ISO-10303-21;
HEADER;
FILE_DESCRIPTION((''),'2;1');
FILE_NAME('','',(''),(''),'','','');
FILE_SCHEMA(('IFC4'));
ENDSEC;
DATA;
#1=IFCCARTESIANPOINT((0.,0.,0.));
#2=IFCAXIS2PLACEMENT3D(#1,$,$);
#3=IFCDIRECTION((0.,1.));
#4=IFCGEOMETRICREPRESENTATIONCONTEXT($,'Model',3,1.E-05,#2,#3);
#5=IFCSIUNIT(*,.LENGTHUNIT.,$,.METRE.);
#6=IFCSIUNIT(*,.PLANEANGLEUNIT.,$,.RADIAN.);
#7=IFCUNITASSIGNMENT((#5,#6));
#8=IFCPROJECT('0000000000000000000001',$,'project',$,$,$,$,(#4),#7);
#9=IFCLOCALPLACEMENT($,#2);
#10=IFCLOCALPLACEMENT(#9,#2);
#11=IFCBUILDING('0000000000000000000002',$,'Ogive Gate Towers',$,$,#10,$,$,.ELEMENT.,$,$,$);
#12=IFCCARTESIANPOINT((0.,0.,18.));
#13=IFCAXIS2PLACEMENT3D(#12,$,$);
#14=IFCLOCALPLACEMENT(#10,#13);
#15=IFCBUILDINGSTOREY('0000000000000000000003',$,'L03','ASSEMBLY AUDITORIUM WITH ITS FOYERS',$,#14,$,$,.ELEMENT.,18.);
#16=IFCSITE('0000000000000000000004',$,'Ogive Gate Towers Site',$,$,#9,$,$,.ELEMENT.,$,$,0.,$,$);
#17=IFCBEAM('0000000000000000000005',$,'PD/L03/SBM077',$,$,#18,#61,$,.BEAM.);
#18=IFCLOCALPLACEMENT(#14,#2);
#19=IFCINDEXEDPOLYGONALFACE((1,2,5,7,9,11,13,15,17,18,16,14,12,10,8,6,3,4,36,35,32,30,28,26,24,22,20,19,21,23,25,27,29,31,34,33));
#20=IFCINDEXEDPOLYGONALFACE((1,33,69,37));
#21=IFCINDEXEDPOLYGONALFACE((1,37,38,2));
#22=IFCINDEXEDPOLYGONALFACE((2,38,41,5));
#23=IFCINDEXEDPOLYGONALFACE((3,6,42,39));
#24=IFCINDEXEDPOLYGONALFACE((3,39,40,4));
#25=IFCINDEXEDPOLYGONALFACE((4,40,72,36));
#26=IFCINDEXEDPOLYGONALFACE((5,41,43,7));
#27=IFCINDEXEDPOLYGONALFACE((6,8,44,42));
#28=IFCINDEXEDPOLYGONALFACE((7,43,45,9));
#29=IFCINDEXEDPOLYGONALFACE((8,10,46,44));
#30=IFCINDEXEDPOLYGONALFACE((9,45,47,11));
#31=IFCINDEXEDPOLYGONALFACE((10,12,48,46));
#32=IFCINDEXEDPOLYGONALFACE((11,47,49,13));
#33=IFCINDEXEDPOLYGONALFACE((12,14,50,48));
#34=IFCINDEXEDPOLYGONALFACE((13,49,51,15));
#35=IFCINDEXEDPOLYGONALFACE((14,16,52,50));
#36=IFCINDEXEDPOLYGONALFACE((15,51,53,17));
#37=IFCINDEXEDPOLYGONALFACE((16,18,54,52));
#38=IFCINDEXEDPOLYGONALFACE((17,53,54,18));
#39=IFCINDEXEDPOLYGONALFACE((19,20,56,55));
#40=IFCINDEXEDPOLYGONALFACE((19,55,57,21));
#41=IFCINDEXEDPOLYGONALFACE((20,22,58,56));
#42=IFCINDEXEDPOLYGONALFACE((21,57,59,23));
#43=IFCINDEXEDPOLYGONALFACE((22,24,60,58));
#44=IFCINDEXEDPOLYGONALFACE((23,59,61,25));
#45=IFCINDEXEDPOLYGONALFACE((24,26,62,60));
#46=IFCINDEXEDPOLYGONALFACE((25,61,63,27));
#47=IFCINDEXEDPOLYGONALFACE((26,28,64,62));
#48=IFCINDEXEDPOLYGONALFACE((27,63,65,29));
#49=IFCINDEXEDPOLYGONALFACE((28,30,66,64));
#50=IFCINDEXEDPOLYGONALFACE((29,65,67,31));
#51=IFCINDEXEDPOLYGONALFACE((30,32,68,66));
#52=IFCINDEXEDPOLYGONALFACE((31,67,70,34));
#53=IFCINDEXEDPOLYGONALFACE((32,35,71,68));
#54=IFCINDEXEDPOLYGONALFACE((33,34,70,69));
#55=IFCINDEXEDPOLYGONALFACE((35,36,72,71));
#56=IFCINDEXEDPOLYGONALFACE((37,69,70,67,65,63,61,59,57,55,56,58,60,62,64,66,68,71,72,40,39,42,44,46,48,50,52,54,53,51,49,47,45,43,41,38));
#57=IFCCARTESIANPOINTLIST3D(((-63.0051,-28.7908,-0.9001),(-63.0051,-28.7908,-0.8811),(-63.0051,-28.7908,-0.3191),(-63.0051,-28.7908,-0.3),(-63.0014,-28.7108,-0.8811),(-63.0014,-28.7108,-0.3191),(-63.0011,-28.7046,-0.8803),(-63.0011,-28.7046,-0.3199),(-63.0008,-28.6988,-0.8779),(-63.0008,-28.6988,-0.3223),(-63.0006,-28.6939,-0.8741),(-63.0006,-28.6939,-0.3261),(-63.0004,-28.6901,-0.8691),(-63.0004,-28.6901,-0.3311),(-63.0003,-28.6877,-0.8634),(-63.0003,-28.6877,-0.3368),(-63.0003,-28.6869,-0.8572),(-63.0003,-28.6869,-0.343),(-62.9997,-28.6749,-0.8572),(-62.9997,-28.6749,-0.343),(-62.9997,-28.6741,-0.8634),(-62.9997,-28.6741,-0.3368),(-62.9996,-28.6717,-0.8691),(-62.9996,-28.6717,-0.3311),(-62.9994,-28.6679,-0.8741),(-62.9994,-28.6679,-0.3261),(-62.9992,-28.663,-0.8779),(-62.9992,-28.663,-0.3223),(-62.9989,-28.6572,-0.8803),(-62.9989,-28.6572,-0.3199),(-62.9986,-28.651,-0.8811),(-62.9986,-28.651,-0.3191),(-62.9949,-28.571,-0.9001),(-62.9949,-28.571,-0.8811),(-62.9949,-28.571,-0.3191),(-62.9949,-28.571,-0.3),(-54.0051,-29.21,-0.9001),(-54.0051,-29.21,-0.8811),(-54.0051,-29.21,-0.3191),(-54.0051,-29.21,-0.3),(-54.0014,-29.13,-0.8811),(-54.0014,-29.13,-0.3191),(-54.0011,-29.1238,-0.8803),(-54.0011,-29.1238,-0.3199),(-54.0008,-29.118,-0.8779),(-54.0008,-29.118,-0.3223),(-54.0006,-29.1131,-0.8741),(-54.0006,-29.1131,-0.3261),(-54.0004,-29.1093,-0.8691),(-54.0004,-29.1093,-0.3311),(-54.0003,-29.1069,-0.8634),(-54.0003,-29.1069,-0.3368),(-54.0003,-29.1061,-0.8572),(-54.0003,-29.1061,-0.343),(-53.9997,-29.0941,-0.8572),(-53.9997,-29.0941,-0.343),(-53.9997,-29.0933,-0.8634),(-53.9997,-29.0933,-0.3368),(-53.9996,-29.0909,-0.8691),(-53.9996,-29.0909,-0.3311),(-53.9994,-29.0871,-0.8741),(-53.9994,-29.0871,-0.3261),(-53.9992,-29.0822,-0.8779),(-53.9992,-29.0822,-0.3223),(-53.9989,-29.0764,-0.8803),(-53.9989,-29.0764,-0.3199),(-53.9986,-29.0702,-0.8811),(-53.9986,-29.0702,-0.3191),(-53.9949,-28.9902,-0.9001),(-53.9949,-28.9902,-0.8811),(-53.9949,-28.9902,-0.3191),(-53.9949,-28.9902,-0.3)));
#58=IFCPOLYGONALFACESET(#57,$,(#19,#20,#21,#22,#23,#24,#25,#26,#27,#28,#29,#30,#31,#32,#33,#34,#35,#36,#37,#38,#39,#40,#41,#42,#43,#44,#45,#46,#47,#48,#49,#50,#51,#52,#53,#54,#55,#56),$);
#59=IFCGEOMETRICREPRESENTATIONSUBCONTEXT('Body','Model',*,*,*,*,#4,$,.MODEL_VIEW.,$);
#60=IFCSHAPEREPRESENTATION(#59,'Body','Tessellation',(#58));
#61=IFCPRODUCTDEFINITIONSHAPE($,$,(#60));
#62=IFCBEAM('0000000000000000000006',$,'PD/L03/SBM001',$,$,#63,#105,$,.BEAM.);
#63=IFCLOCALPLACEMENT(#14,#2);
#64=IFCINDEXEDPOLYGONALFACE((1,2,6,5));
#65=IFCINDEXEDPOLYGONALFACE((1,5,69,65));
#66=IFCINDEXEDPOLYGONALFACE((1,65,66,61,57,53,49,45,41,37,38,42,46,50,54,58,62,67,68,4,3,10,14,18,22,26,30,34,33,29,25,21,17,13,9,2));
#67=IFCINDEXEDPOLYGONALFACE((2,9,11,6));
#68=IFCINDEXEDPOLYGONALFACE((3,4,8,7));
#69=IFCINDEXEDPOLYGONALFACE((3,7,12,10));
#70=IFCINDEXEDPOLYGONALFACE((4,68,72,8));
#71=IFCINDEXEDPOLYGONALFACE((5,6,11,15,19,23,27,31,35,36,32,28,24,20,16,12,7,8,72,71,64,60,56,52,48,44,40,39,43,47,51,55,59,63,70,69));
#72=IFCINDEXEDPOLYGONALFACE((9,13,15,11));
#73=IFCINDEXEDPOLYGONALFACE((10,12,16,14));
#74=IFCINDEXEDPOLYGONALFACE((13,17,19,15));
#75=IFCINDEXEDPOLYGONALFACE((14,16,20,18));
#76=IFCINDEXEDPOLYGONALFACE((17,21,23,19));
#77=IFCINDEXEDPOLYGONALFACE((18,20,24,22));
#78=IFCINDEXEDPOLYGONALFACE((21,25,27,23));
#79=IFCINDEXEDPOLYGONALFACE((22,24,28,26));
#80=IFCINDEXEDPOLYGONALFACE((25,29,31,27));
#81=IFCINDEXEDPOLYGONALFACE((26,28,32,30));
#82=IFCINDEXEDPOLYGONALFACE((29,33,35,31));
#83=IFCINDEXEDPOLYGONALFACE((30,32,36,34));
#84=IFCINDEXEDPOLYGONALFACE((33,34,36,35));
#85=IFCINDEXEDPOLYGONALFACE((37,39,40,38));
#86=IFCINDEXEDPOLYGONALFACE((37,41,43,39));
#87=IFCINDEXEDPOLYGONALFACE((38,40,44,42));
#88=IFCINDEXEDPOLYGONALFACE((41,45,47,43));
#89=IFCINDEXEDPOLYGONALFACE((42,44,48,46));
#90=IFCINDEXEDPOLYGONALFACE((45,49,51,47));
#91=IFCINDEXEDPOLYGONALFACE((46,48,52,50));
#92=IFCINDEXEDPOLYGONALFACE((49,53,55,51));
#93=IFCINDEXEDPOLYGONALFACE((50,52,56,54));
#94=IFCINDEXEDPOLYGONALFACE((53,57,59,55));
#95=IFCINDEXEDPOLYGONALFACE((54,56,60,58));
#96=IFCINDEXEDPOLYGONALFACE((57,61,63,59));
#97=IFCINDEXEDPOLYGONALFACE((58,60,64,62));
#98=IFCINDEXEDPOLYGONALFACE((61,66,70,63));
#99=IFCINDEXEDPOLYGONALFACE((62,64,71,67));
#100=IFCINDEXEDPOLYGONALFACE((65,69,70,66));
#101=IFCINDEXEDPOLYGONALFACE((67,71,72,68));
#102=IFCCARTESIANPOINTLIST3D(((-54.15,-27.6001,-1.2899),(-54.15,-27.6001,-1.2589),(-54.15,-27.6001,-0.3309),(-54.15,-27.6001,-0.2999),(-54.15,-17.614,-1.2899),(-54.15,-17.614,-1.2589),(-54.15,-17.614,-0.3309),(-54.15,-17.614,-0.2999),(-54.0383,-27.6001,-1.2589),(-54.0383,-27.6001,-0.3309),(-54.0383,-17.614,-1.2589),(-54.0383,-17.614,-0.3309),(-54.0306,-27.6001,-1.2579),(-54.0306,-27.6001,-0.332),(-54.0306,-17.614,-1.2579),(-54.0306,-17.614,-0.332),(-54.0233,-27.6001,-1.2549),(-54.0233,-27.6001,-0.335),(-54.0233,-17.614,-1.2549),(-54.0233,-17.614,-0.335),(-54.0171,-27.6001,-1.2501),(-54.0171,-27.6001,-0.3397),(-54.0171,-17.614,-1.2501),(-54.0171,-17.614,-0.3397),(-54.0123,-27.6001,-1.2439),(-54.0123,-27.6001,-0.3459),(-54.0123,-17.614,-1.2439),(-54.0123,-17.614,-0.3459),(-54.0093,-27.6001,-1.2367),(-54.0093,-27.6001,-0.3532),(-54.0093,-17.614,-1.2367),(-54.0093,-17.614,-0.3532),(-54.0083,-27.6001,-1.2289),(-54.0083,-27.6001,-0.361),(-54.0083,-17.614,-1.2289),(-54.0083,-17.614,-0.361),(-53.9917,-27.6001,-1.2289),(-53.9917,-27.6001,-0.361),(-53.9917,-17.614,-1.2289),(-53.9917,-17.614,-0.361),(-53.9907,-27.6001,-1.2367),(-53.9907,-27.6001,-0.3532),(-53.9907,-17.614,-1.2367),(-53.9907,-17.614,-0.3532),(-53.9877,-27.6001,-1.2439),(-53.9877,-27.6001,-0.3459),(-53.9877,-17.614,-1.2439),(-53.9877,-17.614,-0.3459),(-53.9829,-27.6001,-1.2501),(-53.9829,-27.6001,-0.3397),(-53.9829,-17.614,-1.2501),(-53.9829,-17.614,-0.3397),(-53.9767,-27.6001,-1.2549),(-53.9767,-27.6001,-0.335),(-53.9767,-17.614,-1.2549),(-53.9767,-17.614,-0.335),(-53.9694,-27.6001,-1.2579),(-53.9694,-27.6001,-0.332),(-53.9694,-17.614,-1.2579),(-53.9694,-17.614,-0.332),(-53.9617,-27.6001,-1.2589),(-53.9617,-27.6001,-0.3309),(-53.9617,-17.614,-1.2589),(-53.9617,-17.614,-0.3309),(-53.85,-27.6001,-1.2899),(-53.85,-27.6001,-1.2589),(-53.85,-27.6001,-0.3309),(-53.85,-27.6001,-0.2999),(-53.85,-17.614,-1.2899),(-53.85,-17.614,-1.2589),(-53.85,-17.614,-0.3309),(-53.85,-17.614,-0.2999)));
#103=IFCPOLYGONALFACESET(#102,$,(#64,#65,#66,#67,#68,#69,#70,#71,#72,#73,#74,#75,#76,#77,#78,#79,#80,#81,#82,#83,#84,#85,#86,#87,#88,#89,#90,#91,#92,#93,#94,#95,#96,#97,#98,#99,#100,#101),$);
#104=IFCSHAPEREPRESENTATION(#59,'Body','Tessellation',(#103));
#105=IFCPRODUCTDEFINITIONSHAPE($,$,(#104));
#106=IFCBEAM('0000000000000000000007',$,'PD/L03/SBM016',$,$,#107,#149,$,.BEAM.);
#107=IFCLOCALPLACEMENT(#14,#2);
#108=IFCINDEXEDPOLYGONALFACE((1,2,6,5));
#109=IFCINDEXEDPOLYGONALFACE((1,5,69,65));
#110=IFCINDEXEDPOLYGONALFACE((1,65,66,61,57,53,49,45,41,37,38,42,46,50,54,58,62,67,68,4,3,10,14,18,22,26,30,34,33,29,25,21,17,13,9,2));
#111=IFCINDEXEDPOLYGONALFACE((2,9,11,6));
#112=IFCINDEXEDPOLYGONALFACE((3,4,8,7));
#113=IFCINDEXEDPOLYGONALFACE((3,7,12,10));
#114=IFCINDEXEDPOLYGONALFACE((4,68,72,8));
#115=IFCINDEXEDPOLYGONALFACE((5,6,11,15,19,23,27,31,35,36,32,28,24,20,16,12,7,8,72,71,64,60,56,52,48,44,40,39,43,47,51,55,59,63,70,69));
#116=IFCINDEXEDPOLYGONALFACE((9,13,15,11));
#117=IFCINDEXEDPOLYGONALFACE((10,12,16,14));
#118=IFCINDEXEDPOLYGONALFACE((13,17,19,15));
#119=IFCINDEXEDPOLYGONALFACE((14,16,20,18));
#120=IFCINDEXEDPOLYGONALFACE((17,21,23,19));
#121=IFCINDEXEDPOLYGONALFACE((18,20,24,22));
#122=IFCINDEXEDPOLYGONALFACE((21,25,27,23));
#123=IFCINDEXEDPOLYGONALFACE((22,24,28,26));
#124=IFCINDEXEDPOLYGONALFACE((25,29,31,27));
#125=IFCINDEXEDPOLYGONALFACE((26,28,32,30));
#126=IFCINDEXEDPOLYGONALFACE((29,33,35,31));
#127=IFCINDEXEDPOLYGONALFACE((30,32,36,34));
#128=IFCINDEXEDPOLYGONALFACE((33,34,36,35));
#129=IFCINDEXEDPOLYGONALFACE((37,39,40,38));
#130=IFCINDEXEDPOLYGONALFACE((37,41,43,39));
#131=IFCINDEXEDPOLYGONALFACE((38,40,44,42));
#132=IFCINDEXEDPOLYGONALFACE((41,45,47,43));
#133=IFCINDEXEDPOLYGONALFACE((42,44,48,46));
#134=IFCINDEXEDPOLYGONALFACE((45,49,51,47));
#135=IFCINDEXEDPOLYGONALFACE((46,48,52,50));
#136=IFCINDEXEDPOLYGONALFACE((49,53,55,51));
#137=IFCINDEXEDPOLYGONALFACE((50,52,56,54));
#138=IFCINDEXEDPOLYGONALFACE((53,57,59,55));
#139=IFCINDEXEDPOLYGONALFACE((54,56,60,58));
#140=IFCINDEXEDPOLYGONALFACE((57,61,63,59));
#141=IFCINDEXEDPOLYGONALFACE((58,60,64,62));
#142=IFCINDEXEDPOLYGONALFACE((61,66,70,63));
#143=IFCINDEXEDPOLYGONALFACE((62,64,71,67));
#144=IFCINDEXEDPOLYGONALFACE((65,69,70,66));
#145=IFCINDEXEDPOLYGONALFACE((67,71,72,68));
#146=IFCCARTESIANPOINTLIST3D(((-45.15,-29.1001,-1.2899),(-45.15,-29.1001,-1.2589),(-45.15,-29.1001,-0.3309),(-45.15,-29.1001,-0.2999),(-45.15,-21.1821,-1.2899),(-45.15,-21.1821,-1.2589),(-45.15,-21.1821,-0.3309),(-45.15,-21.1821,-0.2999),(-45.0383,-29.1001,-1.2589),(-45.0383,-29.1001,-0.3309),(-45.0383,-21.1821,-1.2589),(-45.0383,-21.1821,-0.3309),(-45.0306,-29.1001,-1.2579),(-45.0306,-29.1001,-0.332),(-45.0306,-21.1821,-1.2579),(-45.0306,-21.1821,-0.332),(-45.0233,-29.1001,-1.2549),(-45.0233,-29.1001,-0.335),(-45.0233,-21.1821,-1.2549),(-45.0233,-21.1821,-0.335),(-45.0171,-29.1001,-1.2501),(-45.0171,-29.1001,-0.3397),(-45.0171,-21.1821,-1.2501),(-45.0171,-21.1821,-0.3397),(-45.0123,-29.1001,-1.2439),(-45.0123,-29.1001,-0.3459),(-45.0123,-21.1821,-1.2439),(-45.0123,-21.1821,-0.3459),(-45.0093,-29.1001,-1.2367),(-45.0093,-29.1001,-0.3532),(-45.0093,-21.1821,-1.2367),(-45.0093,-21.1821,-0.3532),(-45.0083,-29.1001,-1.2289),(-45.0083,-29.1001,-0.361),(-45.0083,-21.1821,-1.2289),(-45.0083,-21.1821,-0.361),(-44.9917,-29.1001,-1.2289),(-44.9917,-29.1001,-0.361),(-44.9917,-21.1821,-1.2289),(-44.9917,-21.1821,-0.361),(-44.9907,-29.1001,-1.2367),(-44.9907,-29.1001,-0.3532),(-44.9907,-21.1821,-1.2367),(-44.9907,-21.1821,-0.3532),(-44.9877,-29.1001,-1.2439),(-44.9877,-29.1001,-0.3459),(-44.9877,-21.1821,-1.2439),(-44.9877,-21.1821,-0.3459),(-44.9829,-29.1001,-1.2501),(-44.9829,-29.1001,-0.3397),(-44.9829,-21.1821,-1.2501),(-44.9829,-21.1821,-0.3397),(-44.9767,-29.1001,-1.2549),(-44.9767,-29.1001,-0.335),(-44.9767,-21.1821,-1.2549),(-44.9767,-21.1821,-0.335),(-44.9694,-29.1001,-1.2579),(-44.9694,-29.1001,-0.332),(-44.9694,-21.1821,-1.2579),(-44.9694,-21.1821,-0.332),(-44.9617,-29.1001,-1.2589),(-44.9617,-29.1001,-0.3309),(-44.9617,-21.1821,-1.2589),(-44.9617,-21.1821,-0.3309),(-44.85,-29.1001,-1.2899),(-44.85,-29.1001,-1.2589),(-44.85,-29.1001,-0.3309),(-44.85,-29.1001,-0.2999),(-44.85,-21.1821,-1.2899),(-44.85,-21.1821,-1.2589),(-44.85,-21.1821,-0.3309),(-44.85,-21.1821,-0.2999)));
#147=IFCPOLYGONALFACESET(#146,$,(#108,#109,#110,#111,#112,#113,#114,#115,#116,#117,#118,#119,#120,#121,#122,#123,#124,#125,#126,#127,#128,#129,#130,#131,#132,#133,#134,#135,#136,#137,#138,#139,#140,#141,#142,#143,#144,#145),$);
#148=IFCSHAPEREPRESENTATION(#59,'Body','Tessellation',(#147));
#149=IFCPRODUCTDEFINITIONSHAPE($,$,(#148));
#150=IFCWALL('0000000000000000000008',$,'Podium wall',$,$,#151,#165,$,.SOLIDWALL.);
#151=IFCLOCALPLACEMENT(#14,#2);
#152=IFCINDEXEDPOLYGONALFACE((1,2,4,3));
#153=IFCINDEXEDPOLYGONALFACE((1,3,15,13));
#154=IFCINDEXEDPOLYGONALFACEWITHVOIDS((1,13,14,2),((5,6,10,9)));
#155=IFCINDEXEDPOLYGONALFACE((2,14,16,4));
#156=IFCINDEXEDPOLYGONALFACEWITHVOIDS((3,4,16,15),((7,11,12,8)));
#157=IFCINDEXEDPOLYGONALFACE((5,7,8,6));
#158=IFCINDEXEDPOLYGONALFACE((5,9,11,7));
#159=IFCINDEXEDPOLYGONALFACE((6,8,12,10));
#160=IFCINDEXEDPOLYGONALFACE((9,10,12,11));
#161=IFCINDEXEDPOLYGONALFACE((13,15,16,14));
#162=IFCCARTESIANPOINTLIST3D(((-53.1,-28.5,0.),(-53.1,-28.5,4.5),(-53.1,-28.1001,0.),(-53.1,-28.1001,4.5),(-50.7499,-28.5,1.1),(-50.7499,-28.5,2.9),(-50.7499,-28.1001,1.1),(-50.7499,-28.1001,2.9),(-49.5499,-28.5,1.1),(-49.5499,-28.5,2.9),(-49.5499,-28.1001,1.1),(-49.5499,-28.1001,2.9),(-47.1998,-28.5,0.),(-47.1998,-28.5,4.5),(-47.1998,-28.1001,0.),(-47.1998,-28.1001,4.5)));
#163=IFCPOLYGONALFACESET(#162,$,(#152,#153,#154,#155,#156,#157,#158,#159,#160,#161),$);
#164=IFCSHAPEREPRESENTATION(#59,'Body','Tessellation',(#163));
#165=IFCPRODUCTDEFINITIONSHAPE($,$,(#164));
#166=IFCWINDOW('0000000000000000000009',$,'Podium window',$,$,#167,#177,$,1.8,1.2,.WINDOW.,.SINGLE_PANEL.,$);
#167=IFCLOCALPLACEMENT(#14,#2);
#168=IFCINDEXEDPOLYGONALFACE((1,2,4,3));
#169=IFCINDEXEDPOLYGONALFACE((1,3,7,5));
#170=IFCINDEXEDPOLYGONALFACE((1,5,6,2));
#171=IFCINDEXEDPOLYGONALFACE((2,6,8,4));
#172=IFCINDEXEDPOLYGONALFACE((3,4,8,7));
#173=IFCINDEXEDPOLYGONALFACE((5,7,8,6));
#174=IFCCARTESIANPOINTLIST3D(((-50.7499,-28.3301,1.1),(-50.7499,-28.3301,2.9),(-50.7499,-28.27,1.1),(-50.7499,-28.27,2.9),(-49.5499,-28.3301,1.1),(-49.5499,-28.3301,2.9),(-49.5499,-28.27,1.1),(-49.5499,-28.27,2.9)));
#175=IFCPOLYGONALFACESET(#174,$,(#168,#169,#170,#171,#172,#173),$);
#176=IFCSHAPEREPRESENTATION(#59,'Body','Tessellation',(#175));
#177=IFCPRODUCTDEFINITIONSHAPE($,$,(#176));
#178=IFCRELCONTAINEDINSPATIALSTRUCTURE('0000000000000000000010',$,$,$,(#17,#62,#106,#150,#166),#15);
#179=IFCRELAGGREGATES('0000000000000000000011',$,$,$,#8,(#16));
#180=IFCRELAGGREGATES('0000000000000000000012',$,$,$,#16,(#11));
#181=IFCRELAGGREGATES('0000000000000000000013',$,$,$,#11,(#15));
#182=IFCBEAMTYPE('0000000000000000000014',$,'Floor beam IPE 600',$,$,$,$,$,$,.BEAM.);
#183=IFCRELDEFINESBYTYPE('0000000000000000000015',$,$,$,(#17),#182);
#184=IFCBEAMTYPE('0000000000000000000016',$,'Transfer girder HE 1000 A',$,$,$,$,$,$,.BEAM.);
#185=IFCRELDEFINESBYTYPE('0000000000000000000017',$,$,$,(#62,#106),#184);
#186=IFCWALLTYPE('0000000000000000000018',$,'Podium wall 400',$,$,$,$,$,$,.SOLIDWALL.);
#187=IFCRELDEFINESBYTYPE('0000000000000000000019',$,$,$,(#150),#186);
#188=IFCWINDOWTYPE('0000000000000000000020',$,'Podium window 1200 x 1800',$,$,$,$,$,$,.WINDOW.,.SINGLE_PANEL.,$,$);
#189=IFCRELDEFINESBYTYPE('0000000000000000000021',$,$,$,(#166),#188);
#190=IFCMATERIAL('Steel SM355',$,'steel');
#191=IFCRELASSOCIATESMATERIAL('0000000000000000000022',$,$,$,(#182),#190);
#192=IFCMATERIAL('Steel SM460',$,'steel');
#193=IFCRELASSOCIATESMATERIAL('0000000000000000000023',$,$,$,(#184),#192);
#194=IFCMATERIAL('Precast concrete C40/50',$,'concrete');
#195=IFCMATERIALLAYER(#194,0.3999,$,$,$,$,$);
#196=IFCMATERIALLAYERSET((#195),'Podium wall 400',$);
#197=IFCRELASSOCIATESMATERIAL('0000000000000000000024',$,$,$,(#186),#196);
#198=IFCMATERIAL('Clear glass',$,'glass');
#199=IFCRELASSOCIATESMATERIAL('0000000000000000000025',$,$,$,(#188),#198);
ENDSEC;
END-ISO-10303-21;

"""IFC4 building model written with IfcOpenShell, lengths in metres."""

from ifc_helpers import new_model, si_unit, direction, frame, frame_2d, origin, origin_2d, place, context, subcontext, project, spatial, rectangle, i_section, extrude, material, layer, layer_set, material_profile, profile_set, type_object, element, fill, save


model = new_model("IFC4")

# Units and contexts
model_context = context("Model", 3, precision=1e-05, world=origin(), true_north=direction((0.0, 1.0)))
body_context = subcontext(model_context, "Body", "Model", "MODEL_VIEW")
ifc_project = project(units=[si_unit("LENGTHUNIT", "METRE"), si_unit("PLANEANGLEUNIT", "RADIAN")], contexts=[model_context])

# Site, building, storey
site_placement = place(None, origin())
site = spatial("IfcSite", under=ifc_project, at=site_placement, Name="Ogive Gate Towers Site", CompositionType="ELEMENT", RefElevation=0.0)
building_placement = place(site_placement, origin())
building = spatial("IfcBuilding", under=site, at=building_placement, Name="Ogive Gate Towers", CompositionType="ELEMENT")
storey_placement = place(building_placement, frame((0.0, 0.0, 18.0)))
storey = spatial("IfcBuildingStorey", under=building, at=storey_placement, Name="L03", Description="ASSEMBLY AUDITORIUM WITH ITS FOYERS", CompositionType="ELEMENT", Elevation=18.0)

# Beams
ifc_material_1 = material(Name="Steel SM460", Category="steel")
ifc_material_2 = material(Name="Steel SM355", Category="steel")
ifc_material_profile_1 = material_profile(ifc_material_2, i_section(OverallWidth=0.22, OverallDepth=0.6001, WebThickness=0.012, FlangeThickness=0.019, FilletRadius=0.0239, at=origin_2d()), Name="IPE 600")
ifc_profile_set_1 = profile_set([ifc_material_profile_1], Name="Steel SM355")
beam_type_1 = type_object("IfcBeamType", Name="Floor beam IPE 600", PredefinedType="BEAM", material=ifc_profile_set_1)
beam_1_placement = place(storey_placement, frame((-54.0, -29.1001, -0.6001), z_axis=(-0.998917, 0.046526, 0.0), x_axis=(-0.046526, -0.998917, 0.0)))
element("IfcBeam", 1, at=beam_1_placement, inside=storey, type_object=beam_type_1, Name="PD/L03/SBM077", PredefinedType="BEAM", context=body_context, shape_type="SweptSolid", body=[
    extrude(i_section(OverallWidth=0.22, OverallDepth=0.6001, WebThickness=0.012, FlangeThickness=0.019, FilletRadius=0.0239, at=origin_2d()), origin(), (0.0, 0.0, 1.0), 9.0098),
])
ifc_material_profile_2 = material_profile(ifc_material_1, i_section(OverallWidth=0.3, OverallDepth=0.99, WebThickness=0.0166, FlangeThickness=0.031, FilletRadius=0.03, at=origin_2d()), Name="HE 1000 A")
ifc_profile_set_2 = profile_set([ifc_material_profile_2], Name="Steel SM460")
beam_type_2 = type_object("IfcBeamType", Name="Transfer girder HE 1000 A", PredefinedType="BEAM", material=ifc_profile_set_2)
beam_2_placement = place(storey_placement, frame((-54.0, -27.6001, -0.7949), z_axis=(0.0, 1.0, 0.0), x_axis=(-1.0, 0.0, 0.0)))
element("IfcBeam", 2, at=beam_2_placement, inside=storey, type_object=beam_type_2, Name="PD/L03/SBM001", PredefinedType="BEAM", context=body_context, shape_type="SweptSolid", body=[
    extrude(i_section(OverallWidth=0.3, OverallDepth=0.99, WebThickness=0.0166, FlangeThickness=0.031, FilletRadius=0.03, at=origin_2d()), origin(), (0.0, 0.0, 1.0), 9.9861),
])
beam_3_placement = place(storey_placement, frame((-45.0, -29.1001, -0.7949), z_axis=(0.0, 1.0, 0.0), x_axis=(-1.0, 0.0, 0.0)))
element("IfcBeam", 3, at=beam_3_placement, inside=storey, type_object=beam_type_2, Name="PD/L03/SBM016", PredefinedType="BEAM", context=body_context, shape_type="SweptSolid", body=[
    extrude(i_section(OverallWidth=0.3, OverallDepth=0.99, WebThickness=0.0166, FlangeThickness=0.031, FilletRadius=0.03, at=origin_2d()), origin(), (0.0, 0.0, 1.0), 7.918),
])

# Wall, opening, window
ifc_material_3 = material(Name="Precast concrete C40/50", Category="concrete")
ifc_layer = layer(ifc_material_3, 0.3999)
ifc_layer_set = layer_set([ifc_layer], Name="Podium wall 400")
wall_type = type_object("IfcWallType", Name="Podium wall 400", PredefinedType="SOLIDWALL", material=ifc_layer_set)
wall_1_placement = place(storey_placement, frame((-53.1001, -28.3, 0.0), z_axis=(0.0, 0.0, 1.0), x_axis=(1.0, 0.0, 0.0)))
wall_1 = element("IfcWall", 4, at=wall_1_placement, inside=storey, type_object=wall_type, Name="Podium wall", PredefinedType="SOLIDWALL", context=body_context, shape_type="SweptSolid", body=[
    extrude(rectangle(XDim=5.9001, YDim=0.3999, at=frame_2d((2.9502, 0.0))), origin(), (0.0, 0.0, 1.0), 4.5),
])
opening_1_placement = place(wall_1_placement, frame((2.3501, 0.0, 1.1001)))
opening_1 = element("IfcOpeningElement", 5, at=opening_1_placement, cuts=wall_1, PredefinedType="OPENING", context=body_context, shape_type="SweptSolid", body=[
    extrude(rectangle(XDim=1.2, YDim=1.8, at=frame_2d((0.6001, 0.8999))), frame((0.0, 0.21, 0.0), z_axis=(0.0, -1.0, 0.0), x_axis=(1.0, 0.0, 0.0)), (0.0, 0.0, 1.0), 0.4199),
])
ifc_material_4 = material(Name="Clear glass", Category="glass")
window_type = type_object("IfcWindowType", Name="Podium window 1200 x 1800", PartitioningType="SINGLE_PANEL", PredefinedType="WINDOW", material=ifc_material_4)
window_1_placement = place(opening_1_placement, origin())
window_1 = element("IfcWindow", 6, at=window_1_placement, inside=storey, type_object=window_type, Name="Podium window", OverallHeight=1.8, OverallWidth=1.2, PartitioningType="SINGLE_PANEL", PredefinedType="WINDOW", context=body_context, shape_type="SweptSolid", body=[
    extrude(rectangle(XDim=1.2, YDim=1.8, at=frame_2d((0.6001, 0.8999))), frame((0.0, 0.03, 0.0), z_axis=(0.0, -1.0, 0.0), x_axis=(1.0, 0.0, 0.0)), (0.0, 0.0, 1.0), 0.0601),
])
fill(opening_1, window_1)

save(model, "model.ifc")
